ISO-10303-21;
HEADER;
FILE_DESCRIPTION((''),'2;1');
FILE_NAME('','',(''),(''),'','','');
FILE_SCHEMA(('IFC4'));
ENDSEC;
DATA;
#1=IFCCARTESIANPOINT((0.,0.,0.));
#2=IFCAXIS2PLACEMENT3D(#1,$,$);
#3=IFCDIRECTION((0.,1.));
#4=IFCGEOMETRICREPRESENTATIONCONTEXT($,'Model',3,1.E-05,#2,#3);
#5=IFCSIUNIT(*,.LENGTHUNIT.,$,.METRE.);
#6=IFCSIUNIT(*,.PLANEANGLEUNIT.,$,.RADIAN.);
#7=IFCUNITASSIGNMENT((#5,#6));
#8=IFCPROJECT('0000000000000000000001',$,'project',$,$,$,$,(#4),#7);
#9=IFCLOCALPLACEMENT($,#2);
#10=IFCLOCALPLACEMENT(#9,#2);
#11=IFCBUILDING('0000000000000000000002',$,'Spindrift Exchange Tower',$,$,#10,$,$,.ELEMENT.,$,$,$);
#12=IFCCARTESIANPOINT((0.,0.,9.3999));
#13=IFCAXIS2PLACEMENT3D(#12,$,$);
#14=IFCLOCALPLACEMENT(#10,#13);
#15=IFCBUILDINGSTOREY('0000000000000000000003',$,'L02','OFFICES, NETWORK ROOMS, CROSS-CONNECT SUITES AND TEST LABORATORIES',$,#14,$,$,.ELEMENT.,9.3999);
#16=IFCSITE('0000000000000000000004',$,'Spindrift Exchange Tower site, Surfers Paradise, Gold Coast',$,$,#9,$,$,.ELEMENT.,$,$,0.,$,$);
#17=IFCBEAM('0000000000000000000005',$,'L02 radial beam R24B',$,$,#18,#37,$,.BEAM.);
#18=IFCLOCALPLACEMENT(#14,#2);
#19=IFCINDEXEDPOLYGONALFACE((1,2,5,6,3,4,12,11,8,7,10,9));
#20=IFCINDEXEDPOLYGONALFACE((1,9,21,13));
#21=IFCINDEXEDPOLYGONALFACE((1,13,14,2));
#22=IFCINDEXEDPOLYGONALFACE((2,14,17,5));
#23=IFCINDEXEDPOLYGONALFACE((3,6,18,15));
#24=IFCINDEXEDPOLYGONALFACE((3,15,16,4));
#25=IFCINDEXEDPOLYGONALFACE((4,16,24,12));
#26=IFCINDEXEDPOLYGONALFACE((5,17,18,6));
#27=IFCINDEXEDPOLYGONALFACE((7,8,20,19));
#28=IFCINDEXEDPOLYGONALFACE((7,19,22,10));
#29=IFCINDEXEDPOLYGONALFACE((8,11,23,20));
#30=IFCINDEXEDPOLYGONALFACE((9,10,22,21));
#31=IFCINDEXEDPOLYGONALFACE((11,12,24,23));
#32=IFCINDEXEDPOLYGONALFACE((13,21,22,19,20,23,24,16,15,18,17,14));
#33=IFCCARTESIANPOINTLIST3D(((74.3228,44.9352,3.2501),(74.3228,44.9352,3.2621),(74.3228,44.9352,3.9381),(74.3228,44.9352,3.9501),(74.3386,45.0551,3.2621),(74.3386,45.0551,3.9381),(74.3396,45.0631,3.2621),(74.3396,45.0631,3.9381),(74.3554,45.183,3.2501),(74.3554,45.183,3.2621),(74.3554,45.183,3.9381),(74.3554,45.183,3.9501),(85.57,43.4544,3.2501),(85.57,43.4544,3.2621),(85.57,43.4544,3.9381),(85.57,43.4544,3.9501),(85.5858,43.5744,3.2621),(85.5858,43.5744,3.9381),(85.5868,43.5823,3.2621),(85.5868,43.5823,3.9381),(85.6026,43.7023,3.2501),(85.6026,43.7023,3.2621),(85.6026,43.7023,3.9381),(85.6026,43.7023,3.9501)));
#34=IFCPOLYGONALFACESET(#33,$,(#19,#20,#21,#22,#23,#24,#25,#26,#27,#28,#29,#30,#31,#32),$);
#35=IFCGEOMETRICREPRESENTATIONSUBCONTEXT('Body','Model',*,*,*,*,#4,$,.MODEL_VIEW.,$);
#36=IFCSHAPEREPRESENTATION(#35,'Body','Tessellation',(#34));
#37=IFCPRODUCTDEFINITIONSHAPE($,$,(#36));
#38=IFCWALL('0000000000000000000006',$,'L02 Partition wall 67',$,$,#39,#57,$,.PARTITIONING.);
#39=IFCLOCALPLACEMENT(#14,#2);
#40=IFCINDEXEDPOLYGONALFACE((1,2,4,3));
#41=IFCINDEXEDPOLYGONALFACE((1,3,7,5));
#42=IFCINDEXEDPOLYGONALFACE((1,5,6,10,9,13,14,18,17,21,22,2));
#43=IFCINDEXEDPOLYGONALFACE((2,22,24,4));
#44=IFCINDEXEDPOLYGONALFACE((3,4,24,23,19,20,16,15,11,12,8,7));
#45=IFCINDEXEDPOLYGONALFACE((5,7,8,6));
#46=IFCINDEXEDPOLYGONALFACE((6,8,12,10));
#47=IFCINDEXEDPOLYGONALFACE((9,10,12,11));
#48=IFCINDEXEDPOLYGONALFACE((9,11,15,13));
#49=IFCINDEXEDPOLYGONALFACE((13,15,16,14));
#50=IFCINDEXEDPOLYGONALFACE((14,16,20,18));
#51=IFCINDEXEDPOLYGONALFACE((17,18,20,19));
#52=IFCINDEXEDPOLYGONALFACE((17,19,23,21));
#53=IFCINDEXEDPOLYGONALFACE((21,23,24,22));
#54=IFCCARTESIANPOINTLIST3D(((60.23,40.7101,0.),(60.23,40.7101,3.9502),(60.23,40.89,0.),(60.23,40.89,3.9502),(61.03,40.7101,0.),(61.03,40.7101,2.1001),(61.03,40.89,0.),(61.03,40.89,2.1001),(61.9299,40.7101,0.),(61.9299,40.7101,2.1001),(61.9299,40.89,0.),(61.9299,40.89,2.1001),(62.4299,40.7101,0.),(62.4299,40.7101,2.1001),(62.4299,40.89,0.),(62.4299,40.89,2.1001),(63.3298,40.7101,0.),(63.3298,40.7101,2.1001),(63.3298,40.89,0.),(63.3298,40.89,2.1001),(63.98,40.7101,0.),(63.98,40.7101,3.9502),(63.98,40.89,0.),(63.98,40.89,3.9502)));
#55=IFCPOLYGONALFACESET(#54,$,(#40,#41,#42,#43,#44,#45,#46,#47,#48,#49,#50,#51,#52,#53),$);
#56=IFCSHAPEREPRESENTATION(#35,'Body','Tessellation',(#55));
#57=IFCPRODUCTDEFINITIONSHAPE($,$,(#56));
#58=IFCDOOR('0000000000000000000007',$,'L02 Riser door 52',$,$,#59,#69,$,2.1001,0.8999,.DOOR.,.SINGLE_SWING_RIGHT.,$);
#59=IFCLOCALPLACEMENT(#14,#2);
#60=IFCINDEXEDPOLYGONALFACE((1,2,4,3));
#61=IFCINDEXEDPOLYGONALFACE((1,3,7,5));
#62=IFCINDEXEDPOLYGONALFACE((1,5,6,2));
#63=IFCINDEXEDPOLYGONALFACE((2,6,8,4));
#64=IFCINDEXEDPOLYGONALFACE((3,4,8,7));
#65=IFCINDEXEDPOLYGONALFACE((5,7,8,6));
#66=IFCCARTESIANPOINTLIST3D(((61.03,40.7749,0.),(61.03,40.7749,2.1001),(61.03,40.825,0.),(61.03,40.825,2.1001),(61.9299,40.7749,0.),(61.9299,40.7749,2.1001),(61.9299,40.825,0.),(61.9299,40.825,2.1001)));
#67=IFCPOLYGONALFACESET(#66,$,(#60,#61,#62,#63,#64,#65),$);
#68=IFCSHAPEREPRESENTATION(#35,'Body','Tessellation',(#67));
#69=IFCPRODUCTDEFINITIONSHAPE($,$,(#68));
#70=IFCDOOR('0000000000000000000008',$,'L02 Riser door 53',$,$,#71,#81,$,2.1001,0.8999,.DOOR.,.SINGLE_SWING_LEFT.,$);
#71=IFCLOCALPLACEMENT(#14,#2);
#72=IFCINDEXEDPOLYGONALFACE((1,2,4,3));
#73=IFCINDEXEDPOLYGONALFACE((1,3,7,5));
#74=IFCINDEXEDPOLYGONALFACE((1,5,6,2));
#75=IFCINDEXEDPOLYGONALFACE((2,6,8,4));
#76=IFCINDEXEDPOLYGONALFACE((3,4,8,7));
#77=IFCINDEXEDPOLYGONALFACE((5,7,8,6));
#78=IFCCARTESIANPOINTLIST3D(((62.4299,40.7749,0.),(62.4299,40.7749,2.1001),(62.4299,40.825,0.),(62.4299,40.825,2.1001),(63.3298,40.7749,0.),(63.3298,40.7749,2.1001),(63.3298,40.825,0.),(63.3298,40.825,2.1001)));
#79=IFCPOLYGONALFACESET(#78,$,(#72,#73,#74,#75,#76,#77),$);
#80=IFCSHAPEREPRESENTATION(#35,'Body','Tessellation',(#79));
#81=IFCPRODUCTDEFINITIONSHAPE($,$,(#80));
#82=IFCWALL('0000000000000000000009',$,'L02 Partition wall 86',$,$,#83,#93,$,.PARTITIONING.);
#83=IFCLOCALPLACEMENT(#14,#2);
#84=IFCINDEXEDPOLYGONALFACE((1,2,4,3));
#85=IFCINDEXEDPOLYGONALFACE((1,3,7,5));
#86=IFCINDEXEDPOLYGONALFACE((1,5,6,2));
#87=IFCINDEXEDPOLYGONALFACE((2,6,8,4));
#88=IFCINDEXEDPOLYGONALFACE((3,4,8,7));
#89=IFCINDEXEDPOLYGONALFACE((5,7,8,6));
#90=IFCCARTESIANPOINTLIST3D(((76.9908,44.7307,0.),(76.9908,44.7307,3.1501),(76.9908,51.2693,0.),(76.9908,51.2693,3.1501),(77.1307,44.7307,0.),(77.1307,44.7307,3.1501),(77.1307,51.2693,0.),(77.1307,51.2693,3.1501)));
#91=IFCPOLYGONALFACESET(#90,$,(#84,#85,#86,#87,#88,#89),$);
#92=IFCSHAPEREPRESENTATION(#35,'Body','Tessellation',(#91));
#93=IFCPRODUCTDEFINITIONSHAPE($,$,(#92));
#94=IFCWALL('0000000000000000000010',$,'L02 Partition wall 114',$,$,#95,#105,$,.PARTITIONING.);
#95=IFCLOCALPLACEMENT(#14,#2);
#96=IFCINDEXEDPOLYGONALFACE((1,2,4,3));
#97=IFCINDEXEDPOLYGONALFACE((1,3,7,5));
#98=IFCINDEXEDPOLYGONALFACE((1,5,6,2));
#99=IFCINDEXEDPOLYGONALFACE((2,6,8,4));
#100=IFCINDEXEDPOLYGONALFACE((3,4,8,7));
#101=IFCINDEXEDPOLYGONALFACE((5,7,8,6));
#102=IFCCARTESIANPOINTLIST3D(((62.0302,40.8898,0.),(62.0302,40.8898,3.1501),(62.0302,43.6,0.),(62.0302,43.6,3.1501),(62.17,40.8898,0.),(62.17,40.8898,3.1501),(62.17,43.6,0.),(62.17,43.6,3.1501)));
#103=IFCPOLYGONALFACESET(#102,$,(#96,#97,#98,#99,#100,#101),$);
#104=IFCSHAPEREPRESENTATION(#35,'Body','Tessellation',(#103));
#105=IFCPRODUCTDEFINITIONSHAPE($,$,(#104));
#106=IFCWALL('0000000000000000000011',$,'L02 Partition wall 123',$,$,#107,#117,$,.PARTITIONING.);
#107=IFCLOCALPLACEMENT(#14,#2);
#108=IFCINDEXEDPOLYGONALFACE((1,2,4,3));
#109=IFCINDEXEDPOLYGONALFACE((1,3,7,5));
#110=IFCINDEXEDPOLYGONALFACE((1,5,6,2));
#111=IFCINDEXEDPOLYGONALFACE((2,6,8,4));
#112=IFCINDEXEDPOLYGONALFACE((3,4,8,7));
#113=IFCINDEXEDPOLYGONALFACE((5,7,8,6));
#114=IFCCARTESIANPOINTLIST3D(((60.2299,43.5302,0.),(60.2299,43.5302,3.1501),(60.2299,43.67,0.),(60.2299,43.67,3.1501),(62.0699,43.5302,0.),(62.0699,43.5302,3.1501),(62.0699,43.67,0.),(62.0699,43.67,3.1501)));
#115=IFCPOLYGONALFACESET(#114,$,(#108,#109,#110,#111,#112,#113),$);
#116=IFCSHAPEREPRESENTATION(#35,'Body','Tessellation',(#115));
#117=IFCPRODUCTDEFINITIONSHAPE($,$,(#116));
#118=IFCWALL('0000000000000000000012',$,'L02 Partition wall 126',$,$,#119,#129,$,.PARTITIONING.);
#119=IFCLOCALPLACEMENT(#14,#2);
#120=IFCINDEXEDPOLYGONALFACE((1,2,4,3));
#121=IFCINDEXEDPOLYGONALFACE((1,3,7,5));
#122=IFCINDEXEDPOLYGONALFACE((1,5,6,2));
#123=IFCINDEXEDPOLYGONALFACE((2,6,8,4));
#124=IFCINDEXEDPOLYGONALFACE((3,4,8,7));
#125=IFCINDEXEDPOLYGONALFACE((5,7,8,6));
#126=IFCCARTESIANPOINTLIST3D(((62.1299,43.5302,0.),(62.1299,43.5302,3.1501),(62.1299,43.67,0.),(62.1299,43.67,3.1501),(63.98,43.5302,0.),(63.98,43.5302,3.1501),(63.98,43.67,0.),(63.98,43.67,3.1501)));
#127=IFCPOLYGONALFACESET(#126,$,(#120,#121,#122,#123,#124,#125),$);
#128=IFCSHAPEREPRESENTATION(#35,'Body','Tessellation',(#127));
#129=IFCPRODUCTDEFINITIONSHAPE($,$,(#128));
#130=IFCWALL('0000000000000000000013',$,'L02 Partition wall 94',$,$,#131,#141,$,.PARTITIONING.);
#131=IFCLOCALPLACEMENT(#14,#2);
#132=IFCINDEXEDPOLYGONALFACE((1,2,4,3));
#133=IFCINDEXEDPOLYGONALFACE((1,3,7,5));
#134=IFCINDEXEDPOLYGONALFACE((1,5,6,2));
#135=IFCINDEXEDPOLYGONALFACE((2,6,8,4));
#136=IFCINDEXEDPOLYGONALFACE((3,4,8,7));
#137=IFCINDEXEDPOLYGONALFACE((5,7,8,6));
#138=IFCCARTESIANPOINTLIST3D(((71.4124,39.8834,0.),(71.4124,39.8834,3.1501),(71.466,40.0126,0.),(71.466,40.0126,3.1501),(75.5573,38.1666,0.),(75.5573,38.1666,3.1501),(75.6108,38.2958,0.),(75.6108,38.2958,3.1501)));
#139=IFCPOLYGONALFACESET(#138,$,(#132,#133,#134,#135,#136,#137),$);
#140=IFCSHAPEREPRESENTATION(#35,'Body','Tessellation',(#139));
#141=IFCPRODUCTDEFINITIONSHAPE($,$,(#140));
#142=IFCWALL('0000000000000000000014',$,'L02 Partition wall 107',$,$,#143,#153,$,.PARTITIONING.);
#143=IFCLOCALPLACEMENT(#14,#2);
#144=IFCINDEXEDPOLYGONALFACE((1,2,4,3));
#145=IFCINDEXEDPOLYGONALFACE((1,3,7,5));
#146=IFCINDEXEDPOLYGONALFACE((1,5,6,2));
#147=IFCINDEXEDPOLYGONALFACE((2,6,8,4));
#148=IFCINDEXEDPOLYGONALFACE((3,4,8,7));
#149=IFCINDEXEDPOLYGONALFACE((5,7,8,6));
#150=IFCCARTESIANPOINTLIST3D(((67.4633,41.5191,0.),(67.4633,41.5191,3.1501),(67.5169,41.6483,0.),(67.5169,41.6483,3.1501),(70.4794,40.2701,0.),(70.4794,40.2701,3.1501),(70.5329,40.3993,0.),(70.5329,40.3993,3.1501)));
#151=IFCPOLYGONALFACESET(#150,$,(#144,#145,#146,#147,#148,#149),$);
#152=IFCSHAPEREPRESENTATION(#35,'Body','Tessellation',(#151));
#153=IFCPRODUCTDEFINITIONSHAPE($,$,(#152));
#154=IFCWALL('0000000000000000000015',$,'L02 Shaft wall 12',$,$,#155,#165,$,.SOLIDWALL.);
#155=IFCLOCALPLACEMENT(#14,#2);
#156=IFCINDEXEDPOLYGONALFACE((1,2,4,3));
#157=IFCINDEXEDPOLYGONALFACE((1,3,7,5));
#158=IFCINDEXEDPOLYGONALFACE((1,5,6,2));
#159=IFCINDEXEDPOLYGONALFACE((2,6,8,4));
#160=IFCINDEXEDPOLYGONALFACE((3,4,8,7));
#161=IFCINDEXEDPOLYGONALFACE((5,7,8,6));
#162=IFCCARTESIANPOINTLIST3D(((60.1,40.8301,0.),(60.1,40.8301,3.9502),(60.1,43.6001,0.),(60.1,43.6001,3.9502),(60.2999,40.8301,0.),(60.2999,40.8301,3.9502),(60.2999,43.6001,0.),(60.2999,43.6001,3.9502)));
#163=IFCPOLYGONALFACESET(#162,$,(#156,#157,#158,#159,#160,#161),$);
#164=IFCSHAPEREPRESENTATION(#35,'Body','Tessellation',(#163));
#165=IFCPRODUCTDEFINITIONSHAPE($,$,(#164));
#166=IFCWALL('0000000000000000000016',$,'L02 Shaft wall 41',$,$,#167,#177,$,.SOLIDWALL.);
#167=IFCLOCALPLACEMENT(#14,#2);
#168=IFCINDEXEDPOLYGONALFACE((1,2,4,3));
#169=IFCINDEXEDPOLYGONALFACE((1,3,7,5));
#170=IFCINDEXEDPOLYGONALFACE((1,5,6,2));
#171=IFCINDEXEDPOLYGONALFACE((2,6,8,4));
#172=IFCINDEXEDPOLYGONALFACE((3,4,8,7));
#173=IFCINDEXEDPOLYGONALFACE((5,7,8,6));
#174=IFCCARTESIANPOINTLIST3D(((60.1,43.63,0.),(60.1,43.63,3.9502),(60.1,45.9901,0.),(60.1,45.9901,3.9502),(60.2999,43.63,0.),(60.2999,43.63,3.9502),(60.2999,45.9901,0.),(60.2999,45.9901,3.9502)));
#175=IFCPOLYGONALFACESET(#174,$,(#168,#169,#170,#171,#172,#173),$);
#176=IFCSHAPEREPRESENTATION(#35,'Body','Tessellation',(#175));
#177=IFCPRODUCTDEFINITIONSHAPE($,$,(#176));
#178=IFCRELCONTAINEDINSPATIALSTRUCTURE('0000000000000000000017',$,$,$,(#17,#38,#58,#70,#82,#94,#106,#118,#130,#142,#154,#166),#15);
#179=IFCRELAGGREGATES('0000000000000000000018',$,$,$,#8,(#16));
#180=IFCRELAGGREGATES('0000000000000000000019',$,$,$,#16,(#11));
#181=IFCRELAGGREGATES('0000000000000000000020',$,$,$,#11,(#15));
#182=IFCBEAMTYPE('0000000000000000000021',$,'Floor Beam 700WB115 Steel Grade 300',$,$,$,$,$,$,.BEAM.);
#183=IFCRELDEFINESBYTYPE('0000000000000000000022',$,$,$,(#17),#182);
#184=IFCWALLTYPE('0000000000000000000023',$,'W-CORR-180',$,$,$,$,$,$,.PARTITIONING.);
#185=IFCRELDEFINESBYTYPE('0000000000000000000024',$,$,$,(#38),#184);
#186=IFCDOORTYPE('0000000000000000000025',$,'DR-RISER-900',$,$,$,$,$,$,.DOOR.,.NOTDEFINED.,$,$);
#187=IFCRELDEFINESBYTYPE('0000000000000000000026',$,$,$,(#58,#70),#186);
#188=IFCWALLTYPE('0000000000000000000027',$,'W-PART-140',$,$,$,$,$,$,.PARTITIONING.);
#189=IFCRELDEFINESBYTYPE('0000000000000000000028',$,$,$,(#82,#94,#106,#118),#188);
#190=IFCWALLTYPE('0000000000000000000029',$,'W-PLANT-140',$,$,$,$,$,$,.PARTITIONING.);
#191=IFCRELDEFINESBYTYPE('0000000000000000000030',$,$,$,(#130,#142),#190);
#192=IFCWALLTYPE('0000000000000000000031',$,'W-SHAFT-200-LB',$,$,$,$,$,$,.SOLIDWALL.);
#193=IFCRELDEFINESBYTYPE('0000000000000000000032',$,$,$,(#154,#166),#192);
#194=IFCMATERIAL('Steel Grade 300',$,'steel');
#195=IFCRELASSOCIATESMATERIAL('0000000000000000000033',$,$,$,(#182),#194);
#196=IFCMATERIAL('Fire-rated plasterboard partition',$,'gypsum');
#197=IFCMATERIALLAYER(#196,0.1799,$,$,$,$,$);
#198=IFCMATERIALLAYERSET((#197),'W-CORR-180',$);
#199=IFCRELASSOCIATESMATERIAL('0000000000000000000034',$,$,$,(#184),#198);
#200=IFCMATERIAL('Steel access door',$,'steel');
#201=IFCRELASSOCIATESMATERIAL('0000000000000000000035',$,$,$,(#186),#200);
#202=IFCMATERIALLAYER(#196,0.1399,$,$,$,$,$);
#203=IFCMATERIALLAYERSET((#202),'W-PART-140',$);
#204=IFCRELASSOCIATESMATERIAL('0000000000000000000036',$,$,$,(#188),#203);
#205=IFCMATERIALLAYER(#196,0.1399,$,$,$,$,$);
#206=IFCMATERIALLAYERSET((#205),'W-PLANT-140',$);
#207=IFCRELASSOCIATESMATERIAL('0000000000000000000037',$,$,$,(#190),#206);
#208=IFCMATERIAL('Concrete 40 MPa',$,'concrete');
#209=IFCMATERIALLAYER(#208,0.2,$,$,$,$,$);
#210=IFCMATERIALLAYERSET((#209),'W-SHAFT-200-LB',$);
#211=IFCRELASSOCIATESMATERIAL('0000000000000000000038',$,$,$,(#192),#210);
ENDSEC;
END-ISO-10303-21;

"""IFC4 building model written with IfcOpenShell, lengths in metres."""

from ifc_helpers import new_model, si_unit, direction, frame, frame_2d, origin, origin_2d, place, context, subcontext, project, spatial, rectangle, i_section, extrude, source, transform, mapped, material, layer, layer_set, material_profile, profile_set, type_object, element, fill, save


model = new_model("IFC4")

# Units and contexts
model_context = context("Model", 3, precision=1e-05, world=origin(), true_north=direction((0.0, 1.0)))
body_context = subcontext(model_context, "Body", "Model", "MODEL_VIEW")
ifc_project = project(units=[si_unit("LENGTHUNIT", "METRE"), si_unit("PLANEANGLEUNIT", "RADIAN")], contexts=[model_context])

# Site, building, storey
site_placement = place(None, origin())
site = spatial("IfcSite", under=ifc_project, at=site_placement, Name="Spindrift Exchange Tower site, Surfers Paradise, Gold Coast", CompositionType="ELEMENT", RefElevation=0.0)
building_placement = place(site_placement, origin())
building = spatial("IfcBuilding", under=site, at=building_placement, Name="Spindrift Exchange Tower", CompositionType="ELEMENT")
storey_placement = place(building_placement, frame((0.0, 0.0, 9.3999)))
storey = spatial("IfcBuildingStorey", under=building, at=storey_placement, Name="L02", Description="OFFICES, NETWORK ROOMS, CROSS-CONNECT SUITES AND TEST LABORATORIES", CompositionType="ELEMENT", Elevation=9.3999)

# Beam
ifc_material_1 = material(Name="Steel Grade 300", Category="steel")
ifc_material_profile_1 = material_profile(ifc_material_1, i_section(OverallWidth=0.25, OverallDepth=0.7, WebThickness=0.0081, FlangeThickness=0.012, at=origin_2d()), Name="700WB115")
ifc_profile_set_1 = profile_set([ifc_material_profile_1], Name="Steel Grade 300")
beam_type_1 = type_object("IfcBeamType", Name="Floor Beam 700WB115 Steel Grade 300", PredefinedType="BEAM", material=ifc_profile_set_1)
shared_shape_1 = source(origin(), body_context, "Body", "SweptSolid", [
    extrude(i_section(OverallWidth=0.25, OverallDepth=0.7, WebThickness=0.0081, FlangeThickness=0.012, at=origin_2d()), origin(), (0.0, 0.0, 1.0), 11.3442),
])
beam_1_placement = place(storey_placement, frame((74.3391, 45.0591, 3.6001), z_axis=(0.991445, -0.130527, 0.0), x_axis=(0.130527, 0.991445, 0.0)))
element("IfcBeam", 1, at=beam_1_placement, inside=storey, type_object=beam_type_1, Name="L02 radial beam R24B", PredefinedType="BEAM", context=body_context, shape_type="MappedRepresentation", body=[
    mapped(shared_shape_1, transform((0.0, 0.0, 0.0), scale=1.0)),
])

# Wall, openings, doors
ifc_material_2 = material(Name="Fire-rated plasterboard partition", Category="gypsum")
ifc_layer_1 = layer(ifc_material_2, 0.1799)
ifc_layer_set_1 = layer_set([ifc_layer_1], Name="W-CORR-180")
wall_type_1 = type_object("IfcWallType", Name="W-CORR-180", PredefinedType="PARTITIONING", material=ifc_layer_set_1)
wall_1_placement = place(storey_placement, frame((60.23, 40.8, 0.0), z_axis=(0.0, 0.0, 1.0), x_axis=(1.0, 0.0, 0.0)))
wall_1 = element("IfcWall", 2, at=wall_1_placement, inside=storey, type_object=wall_type_1, Name="L02 Partition wall 67", PredefinedType="PARTITIONING", context=body_context, shape_type="SweptSolid", body=[
    extrude(rectangle(XDim=3.75, YDim=0.1799, at=frame_2d((1.875, 0.0))), origin(), (0.0, 0.0, 1.0), 3.9502),
])
opening_1_placement = place(wall_1_placement, frame((0.8, 0.0, 0.0)))
opening_1 = element("IfcOpeningElement", 3, at=opening_1_placement, cuts=wall_1, PredefinedType="OPENING", context=body_context, shape_type="SweptSolid", body=[
    extrude(rectangle(XDim=0.8999, YDim=2.1001, at=frame_2d((0.45, 1.05))), frame((0.0, 0.0999, 0.0), z_axis=(0.0, -1.0, 0.0), x_axis=(1.0, 0.0, 0.0)), (0.0, 0.0, 1.0), 0.2),
])
opening_2_placement = place(wall_1_placement, frame((2.2, 0.0, 0.0)))
opening_2 = element("IfcOpeningElement", 4, at=opening_2_placement, cuts=wall_1, PredefinedType="OPENING", context=body_context, shape_type="SweptSolid", body=[
    extrude(rectangle(XDim=0.8999, YDim=2.1001, at=frame_2d((0.45, 1.05))), frame((0.0, 0.0999, 0.0), z_axis=(0.0, -1.0, 0.0), x_axis=(1.0, 0.0, 0.0)), (0.0, 0.0, 1.0), 0.2),
])
ifc_material_3 = material(Name="Steel access door", Category="steel")
door_type = type_object("IfcDoorType", Name="DR-RISER-900", OperationType="NOTDEFINED", PredefinedType="DOOR", material=ifc_material_3)
shared_shape_2 = source(origin(), body_context, "Body", "SweptSolid", [
    extrude(rectangle(XDim=0.8999, YDim=2.1001, at=frame_2d((0.45, 1.05))), frame((0.0, 0.0249, 0.0), z_axis=(0.0, -1.0, 0.0), x_axis=(1.0, 0.0, 0.0)), (0.0, 0.0, 1.0), 0.05),
])
door_1_placement = place(opening_1_placement, origin())
door_1 = element("IfcDoor", 5, at=door_1_placement, inside=storey, type_object=door_type, Name="L02 Riser door 52", OperationType="SINGLE_SWING_RIGHT", OverallHeight=2.1001, OverallWidth=0.8999, PredefinedType="DOOR", context=body_context, shape_type="MappedRepresentation", body=[
    mapped(shared_shape_2, transform((0.0, 0.0, 0.0), scale=1.0)),
])
fill(opening_1, door_1)
door_2_placement = place(opening_2_placement, origin())
door_2 = element("IfcDoor", 6, at=door_2_placement, inside=storey, type_object=door_type, Name="L02 Riser door 53", OperationType="SINGLE_SWING_LEFT", OverallHeight=2.1001, OverallWidth=0.8999, PredefinedType="DOOR", context=body_context, shape_type="MappedRepresentation", body=[
    mapped(shared_shape_2, transform((0.0, 0.0, 0.0), scale=1.0)),
])
fill(opening_2, door_2)

# Walls
ifc_layer_2 = layer(ifc_material_2, 0.1399)
ifc_layer_set_2 = layer_set([ifc_layer_2], Name="W-PART-140")
wall_type_2 = type_object("IfcWallType", Name="W-PART-140", PredefinedType="PARTITIONING", material=ifc_layer_set_2)
wall_2_placement = place(storey_placement, frame((77.0608, 44.7307, 0.0), z_axis=(0.0, 0.0, 1.0), x_axis=(0.0, 1.0, 0.0)))
element("IfcWall", 7, at=wall_2_placement, inside=storey, type_object=wall_type_2, Name="L02 Partition wall 86", PredefinedType="PARTITIONING", context=body_context, shape_type="SweptSolid", body=[
    extrude(rectangle(XDim=6.5386, YDim=0.1399, at=frame_2d((3.2693, 0.0))), origin(), (0.0, 0.0, 1.0), 3.1501),
])
wall_3_placement = place(storey_placement, frame((62.1001, 40.8899, 0.0), z_axis=(0.0, 0.0, 1.0), x_axis=(0.0, 1.0, 0.0)))
element("IfcWall", 8, at=wall_3_placement, inside=storey, type_object=wall_type_2, Name="L02 Partition wall 114", PredefinedType="PARTITIONING", context=body_context, shape_type="SweptSolid", body=[
    extrude(rectangle(XDim=2.7102, YDim=0.1399, at=frame_2d((1.355, 0.0))), origin(), (0.0, 0.0, 1.0), 3.1501),
])
wall_4_placement = place(storey_placement, frame((60.23, 43.6001, 0.0), z_axis=(0.0, 0.0, 1.0), x_axis=(1.0, 0.0, 0.0)))
element("IfcWall", 9, at=wall_4_placement, inside=storey, type_object=wall_type_2, Name="L02 Partition wall 123", PredefinedType="PARTITIONING", context=body_context, shape_type="SweptSolid", body=[
    extrude(rectangle(XDim=1.8401, YDim=0.1399, at=frame_2d((0.9199, 0.0))), origin(), (0.0, 0.0, 1.0), 3.1501),
])
wall_5_placement = place(storey_placement, frame((62.1299, 43.6001, 0.0), z_axis=(0.0, 0.0, 1.0), x_axis=(1.0, 0.0, 0.0)))
element("IfcWall", 10, at=wall_5_placement, inside=storey, type_object=wall_type_2, Name="L02 Partition wall 126", PredefinedType="PARTITIONING", context=body_context, shape_type="SweptSolid", body=[
    extrude(rectangle(XDim=1.8501, YDim=0.1399, at=frame_2d((0.925, 0.0))), origin(), (0.0, 0.0, 1.0), 3.1501),
])
ifc_layer_3 = layer(ifc_material_2, 0.1399)
ifc_layer_set_3 = layer_set([ifc_layer_3], Name="W-PLANT-140")
wall_type_3 = type_object("IfcWallType", Name="W-PLANT-140", PredefinedType="PARTITIONING", material=ifc_layer_set_3)
wall_6_placement = place(storey_placement, frame((71.4392, 39.948, 0.0), z_axis=(0.0, 0.0, 1.0), x_axis=(0.923882, -0.382679, 0.0)))
element("IfcWall", 11, at=wall_6_placement, inside=storey, type_object=wall_type_3, Name="L02 Partition wall 94", PredefinedType="PARTITIONING", context=body_context, shape_type="SweptSolid", body=[
    extrude(rectangle(XDim=4.4863, YDim=0.1399, at=frame_2d((2.2432, 0.0))), origin(), (0.0, 0.0, 1.0), 3.1501),
])
wall_7_placement = place(storey_placement, frame((67.49, 41.5837, 0.0), z_axis=(0.0, 0.0, 1.0), x_axis=(0.923911, -0.382607, 0.0)))
element("IfcWall", 12, at=wall_7_placement, inside=storey, type_object=wall_type_3, Name="L02 Partition wall 107", PredefinedType="PARTITIONING", context=body_context, shape_type="SweptSolid", body=[
    extrude(rectangle(XDim=3.2644, YDim=0.1399, at=frame_2d((1.6323, 0.0))), origin(), (0.0, 0.0, 1.0), 3.1501),
])
ifc_material_4 = material(Name="Concrete 40 MPa", Category="concrete")
ifc_layer_4 = layer(ifc_material_4, 0.2)
ifc_layer_set_4 = layer_set([ifc_layer_4], Name="W-SHAFT-200-LB")
wall_type_4 = type_object("IfcWallType", Name="W-SHAFT-200-LB", PredefinedType="SOLIDWALL", material=ifc_layer_set_4)
wall_8_placement = place(storey_placement, frame((60.2, 40.8301, 0.0), z_axis=(0.0, 0.0, 1.0), x_axis=(0.0, 1.0, 0.0)))
element("IfcWall", 13, at=wall_8_placement, inside=storey, type_object=wall_type_4, Name="L02 Shaft wall 12", PredefinedType="SOLIDWALL", context=body_context, shape_type="SweptSolid", body=[
    extrude(rectangle(XDim=2.77, YDim=0.2, at=frame_2d((1.385, 0.0))), origin(), (0.0, 0.0, 1.0), 3.9502),
])
wall_9_placement = place(storey_placement, frame((60.2, 43.6299, 0.0), z_axis=(0.0, 0.0, 1.0), x_axis=(0.0, 1.0, 0.0)))
element("IfcWall", 14, at=wall_9_placement, inside=storey, type_object=wall_type_4, Name="L02 Shaft wall 41", PredefinedType="SOLIDWALL", context=body_context, shape_type="SweptSolid", body=[
    extrude(rectangle(XDim=2.3601, YDim=0.2, at=frame_2d((1.1802, 0.0))), origin(), (0.0, 0.0, 1.0), 3.9502),
])

save(model, "model.ifc")
